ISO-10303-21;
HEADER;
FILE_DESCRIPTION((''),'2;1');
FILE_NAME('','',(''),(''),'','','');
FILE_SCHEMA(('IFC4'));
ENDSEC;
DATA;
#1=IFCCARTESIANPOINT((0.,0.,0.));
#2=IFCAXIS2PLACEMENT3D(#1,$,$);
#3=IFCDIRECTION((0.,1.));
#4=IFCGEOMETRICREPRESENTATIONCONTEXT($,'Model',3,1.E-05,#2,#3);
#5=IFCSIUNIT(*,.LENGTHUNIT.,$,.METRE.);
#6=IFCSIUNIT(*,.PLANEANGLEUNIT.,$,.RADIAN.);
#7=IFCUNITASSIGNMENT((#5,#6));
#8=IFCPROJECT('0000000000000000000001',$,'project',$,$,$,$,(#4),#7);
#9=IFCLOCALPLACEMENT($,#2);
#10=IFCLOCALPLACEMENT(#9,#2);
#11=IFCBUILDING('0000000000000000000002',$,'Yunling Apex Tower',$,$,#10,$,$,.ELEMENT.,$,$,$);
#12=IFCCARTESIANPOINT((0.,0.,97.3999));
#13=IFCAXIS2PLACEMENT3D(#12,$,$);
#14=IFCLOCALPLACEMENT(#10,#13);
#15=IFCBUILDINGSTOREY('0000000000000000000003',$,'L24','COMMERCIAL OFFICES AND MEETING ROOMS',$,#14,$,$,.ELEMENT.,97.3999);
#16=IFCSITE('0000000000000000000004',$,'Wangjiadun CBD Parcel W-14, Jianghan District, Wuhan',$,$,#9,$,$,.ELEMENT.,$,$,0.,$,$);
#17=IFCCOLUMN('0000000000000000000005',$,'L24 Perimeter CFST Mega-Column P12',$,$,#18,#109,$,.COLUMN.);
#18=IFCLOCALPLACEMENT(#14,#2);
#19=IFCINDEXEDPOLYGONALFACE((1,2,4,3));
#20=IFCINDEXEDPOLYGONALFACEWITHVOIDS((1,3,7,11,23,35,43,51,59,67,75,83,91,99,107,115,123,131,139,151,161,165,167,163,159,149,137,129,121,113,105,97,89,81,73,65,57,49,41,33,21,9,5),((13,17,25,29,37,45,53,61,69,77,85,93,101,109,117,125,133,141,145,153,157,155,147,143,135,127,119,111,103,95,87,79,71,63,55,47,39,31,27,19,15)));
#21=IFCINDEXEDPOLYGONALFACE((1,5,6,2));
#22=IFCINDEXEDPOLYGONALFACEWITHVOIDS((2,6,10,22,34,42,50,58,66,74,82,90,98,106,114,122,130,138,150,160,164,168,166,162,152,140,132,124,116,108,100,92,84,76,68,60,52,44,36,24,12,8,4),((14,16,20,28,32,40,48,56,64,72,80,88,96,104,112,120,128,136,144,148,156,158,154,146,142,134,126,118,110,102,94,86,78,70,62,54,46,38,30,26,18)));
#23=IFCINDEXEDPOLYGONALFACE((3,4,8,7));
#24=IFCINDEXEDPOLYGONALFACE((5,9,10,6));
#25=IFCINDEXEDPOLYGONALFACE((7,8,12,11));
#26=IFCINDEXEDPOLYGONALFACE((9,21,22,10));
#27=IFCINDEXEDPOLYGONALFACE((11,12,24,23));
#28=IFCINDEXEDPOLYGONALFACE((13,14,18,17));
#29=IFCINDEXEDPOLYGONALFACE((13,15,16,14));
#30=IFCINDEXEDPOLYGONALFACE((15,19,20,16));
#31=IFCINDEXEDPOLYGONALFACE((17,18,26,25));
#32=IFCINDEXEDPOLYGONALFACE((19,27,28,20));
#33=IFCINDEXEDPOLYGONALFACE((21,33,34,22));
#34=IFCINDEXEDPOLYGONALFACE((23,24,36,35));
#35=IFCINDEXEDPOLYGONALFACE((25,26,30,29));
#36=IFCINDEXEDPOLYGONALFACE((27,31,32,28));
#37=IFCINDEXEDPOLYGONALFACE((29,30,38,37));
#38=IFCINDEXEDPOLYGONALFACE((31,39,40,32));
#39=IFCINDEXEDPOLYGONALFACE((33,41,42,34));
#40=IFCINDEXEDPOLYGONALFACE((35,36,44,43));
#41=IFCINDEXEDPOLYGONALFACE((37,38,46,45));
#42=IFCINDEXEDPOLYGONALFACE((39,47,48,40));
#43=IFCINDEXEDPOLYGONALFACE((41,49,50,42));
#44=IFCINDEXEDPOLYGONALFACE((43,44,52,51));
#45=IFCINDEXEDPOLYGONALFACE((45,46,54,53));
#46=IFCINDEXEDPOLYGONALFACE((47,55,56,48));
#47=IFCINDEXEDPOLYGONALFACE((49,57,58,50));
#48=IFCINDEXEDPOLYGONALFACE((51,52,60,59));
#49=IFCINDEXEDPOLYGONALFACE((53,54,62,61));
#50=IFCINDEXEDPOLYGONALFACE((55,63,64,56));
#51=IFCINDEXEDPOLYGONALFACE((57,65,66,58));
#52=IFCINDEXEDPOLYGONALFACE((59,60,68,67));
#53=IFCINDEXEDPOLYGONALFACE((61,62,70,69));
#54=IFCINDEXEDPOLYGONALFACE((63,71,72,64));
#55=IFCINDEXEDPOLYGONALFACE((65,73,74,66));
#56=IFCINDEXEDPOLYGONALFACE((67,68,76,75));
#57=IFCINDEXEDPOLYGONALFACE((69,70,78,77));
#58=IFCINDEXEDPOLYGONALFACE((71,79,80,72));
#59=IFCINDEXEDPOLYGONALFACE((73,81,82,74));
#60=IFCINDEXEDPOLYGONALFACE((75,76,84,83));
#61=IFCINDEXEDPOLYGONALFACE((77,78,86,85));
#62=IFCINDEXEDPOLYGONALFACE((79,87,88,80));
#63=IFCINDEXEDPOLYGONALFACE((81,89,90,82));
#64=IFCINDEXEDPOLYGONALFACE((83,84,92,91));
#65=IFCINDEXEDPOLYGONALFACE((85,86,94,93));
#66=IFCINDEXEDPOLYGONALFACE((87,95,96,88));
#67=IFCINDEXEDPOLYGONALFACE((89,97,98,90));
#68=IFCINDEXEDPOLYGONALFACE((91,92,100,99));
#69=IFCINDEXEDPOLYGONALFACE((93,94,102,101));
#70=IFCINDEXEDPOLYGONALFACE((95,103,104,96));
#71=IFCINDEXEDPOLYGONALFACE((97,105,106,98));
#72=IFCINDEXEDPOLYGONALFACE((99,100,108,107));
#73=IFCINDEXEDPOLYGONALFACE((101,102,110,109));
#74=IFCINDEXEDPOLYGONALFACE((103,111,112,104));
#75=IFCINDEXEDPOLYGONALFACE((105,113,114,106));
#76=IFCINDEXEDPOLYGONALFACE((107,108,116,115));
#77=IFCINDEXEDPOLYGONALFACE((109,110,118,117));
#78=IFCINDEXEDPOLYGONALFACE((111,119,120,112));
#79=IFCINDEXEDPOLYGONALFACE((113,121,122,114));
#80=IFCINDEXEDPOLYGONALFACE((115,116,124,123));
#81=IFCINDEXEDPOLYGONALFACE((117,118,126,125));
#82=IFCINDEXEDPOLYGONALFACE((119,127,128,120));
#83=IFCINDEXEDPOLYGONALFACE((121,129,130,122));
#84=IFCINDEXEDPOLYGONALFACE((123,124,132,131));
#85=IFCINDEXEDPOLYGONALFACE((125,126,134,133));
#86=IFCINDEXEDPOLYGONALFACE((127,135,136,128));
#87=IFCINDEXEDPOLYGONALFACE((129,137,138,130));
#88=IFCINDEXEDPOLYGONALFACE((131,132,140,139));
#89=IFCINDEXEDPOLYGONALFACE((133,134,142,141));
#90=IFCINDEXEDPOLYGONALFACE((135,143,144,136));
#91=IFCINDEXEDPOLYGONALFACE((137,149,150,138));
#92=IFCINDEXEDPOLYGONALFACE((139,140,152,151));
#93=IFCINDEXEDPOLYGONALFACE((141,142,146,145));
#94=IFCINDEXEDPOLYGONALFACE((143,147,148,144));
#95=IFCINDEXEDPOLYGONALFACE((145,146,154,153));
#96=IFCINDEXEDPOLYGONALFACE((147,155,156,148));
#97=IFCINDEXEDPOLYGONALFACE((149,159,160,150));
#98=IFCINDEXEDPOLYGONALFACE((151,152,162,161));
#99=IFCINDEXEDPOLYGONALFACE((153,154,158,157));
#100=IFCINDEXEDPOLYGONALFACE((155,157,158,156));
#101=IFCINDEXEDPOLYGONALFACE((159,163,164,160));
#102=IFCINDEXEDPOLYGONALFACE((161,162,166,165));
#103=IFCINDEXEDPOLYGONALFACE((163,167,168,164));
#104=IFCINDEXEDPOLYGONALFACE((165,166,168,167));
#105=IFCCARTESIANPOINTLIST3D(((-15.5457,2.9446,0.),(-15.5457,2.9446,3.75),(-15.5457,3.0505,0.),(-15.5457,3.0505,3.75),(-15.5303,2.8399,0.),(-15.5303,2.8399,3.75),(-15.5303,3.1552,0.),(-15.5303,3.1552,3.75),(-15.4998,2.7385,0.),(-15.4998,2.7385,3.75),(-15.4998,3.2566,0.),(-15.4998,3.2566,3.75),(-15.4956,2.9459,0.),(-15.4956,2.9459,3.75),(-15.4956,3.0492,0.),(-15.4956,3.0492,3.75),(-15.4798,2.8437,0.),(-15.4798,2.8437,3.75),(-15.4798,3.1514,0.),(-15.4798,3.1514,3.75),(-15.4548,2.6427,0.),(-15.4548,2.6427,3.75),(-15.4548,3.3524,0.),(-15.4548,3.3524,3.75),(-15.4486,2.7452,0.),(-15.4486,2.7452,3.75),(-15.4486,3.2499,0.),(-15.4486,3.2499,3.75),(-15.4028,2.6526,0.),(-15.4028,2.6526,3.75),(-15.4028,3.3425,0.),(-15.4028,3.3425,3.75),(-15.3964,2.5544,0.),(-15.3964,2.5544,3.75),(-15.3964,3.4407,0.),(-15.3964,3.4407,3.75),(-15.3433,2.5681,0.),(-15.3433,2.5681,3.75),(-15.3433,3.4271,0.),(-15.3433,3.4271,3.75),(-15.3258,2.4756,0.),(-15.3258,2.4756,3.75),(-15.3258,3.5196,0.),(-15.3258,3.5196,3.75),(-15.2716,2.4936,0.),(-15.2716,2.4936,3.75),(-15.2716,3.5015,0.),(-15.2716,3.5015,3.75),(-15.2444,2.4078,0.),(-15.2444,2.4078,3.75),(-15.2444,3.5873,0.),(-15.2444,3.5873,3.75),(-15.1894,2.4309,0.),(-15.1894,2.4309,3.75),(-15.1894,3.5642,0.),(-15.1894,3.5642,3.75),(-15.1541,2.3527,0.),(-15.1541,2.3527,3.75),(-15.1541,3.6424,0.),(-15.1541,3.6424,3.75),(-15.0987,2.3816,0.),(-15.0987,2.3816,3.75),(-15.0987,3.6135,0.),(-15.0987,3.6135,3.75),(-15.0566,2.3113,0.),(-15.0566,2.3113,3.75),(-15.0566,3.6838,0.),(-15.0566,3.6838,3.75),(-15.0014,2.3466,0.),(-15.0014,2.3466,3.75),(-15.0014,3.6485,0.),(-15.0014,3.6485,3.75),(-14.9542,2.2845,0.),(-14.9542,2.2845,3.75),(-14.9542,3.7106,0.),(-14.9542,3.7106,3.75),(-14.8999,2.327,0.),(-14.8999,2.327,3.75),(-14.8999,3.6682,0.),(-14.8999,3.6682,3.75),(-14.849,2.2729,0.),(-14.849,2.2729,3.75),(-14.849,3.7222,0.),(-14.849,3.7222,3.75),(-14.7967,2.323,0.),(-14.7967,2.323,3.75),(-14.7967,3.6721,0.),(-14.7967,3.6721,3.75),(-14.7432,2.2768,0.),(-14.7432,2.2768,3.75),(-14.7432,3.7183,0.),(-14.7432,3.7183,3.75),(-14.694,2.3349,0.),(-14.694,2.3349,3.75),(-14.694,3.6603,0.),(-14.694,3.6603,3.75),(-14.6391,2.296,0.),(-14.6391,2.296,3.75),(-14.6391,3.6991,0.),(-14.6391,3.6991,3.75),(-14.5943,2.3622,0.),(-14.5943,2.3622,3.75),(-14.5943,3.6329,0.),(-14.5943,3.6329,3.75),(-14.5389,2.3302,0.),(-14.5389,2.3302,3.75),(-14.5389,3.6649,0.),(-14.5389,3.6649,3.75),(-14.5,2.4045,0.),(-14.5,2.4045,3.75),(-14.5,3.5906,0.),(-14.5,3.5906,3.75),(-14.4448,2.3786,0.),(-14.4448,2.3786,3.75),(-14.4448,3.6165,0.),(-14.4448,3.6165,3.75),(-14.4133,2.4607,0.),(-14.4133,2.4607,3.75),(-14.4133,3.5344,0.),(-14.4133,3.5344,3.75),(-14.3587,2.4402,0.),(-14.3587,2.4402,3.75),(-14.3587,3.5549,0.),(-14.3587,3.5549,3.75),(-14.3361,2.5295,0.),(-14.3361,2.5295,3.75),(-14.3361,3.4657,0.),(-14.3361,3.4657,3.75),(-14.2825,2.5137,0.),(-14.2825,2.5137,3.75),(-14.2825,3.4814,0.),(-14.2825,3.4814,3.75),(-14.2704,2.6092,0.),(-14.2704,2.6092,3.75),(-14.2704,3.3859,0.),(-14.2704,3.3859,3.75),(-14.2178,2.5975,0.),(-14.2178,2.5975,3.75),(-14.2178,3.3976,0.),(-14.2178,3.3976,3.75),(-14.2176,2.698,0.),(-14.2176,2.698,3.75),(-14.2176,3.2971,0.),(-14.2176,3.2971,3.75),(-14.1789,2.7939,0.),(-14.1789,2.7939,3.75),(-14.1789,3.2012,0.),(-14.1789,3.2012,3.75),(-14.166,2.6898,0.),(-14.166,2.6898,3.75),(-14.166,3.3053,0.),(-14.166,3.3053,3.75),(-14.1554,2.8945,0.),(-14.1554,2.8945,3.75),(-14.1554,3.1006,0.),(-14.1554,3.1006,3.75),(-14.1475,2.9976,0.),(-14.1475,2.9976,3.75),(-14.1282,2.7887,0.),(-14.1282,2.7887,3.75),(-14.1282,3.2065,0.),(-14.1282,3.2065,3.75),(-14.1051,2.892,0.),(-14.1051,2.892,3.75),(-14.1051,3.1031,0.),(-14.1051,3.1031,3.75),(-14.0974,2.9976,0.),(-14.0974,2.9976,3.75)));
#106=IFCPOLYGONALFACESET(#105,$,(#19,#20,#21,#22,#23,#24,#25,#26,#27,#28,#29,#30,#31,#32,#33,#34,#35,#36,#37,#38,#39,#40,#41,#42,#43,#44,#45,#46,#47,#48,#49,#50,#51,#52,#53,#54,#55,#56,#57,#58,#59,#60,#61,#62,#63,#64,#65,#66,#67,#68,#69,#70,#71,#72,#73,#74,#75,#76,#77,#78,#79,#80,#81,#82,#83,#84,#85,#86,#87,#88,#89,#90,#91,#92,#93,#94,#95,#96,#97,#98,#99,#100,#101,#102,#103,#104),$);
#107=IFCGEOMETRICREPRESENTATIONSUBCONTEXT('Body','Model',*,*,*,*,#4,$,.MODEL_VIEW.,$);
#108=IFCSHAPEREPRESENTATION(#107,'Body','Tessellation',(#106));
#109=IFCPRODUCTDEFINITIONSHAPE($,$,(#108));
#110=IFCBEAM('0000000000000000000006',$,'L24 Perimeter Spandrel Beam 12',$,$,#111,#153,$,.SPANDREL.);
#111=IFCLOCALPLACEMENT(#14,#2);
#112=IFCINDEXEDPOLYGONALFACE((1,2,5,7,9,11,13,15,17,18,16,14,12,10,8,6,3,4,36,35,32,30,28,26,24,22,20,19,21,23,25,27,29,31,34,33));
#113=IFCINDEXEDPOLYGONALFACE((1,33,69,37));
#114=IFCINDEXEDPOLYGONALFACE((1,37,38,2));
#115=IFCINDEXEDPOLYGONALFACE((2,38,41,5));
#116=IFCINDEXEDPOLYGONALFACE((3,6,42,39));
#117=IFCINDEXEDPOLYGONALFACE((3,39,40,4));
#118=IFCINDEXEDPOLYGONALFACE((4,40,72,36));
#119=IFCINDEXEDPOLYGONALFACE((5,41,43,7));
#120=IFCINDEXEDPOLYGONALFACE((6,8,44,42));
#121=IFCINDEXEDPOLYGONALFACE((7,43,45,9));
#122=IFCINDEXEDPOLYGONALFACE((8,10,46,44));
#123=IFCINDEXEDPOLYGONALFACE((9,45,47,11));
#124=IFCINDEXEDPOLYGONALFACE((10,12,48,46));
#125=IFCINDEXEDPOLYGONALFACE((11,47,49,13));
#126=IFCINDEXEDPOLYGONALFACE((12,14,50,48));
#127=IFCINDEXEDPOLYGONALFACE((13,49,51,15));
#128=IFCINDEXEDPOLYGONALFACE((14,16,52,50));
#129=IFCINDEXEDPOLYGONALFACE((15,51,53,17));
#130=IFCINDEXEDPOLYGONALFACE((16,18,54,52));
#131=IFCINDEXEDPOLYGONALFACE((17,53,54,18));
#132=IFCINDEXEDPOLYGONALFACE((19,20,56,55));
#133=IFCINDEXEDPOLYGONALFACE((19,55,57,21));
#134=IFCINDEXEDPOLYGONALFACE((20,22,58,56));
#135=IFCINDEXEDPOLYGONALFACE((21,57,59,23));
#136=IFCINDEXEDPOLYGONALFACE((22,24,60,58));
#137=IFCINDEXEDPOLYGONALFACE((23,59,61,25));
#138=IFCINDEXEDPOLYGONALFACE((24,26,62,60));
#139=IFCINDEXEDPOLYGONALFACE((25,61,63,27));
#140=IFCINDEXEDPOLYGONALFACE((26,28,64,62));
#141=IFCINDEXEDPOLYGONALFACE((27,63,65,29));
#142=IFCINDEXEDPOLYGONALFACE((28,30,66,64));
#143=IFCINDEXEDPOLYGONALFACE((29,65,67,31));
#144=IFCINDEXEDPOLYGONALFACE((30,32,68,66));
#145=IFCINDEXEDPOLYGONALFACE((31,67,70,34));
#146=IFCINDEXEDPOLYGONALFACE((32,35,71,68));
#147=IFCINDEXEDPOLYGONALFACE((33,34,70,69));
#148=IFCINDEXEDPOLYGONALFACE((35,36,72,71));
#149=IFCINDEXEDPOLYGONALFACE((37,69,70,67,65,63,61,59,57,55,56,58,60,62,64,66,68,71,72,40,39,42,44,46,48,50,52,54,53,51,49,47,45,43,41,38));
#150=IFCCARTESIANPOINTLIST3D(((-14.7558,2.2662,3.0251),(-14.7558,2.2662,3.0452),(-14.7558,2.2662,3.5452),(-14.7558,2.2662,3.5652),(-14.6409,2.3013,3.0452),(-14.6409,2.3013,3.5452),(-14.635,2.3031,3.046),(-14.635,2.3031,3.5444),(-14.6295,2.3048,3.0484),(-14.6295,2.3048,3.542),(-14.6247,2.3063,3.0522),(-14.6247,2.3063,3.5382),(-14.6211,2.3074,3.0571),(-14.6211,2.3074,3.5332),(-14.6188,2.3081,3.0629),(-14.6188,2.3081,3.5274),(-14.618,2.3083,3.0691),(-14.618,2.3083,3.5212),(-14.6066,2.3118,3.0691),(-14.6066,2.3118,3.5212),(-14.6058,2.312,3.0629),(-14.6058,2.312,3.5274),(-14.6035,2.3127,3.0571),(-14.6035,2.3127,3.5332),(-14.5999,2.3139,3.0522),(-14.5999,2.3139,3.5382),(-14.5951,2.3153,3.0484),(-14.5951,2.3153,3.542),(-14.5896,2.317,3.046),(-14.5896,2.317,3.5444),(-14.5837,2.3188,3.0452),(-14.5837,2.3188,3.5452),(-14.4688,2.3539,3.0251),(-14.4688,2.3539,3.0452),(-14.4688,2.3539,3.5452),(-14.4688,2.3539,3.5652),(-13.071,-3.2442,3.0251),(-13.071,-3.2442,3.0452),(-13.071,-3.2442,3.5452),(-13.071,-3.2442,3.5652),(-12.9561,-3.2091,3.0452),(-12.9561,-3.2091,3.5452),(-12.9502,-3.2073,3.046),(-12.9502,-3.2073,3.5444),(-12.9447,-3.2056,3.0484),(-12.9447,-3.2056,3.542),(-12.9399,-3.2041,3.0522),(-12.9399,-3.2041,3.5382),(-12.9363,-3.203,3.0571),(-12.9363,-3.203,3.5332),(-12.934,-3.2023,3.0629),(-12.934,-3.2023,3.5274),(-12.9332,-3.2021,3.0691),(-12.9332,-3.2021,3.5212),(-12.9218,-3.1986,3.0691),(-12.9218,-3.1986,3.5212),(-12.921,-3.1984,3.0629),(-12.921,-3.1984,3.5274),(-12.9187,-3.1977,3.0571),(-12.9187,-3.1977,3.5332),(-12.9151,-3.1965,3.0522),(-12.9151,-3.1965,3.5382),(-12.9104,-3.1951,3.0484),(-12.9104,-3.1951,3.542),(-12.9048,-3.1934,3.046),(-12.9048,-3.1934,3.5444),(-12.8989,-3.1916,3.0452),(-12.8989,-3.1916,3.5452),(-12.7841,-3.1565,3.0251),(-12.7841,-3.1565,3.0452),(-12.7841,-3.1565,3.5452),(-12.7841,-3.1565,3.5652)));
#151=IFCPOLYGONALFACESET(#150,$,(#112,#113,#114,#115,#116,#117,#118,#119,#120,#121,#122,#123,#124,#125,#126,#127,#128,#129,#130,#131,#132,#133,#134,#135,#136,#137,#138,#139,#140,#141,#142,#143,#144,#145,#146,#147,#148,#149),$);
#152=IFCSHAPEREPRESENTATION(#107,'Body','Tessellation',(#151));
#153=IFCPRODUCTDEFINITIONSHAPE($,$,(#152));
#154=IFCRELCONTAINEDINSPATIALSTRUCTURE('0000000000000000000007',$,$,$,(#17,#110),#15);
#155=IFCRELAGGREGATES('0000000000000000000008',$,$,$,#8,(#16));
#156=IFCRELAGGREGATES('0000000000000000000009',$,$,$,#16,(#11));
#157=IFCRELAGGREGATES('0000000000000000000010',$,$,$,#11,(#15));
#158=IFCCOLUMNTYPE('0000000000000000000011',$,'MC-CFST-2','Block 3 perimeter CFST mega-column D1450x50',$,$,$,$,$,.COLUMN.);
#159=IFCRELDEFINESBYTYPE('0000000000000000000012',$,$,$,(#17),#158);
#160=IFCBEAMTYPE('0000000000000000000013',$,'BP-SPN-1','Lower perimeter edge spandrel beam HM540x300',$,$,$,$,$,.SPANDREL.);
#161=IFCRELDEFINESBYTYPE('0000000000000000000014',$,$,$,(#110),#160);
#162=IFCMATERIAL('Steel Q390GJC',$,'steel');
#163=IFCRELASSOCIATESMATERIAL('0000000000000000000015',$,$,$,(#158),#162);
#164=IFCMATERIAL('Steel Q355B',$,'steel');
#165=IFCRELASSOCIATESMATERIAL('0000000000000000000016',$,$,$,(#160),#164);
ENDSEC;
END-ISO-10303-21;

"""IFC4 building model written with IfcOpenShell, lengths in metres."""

from ifc_helpers import new_model, si_unit, direction, frame, origin, origin_2d, place, context, subcontext, project, spatial, hollow_circle, i_section, extrude, source, transform, mapped, material, material_profile, profile_set, type_object, element, save


model = new_model("IFC4")

# Units and contexts
model_context = context("Model", 3, precision=1e-05, world=origin(), true_north=direction((0.0, 1.0)))
body_context = subcontext(model_context, "Body", "Model", "MODEL_VIEW")
ifc_project = project(units=[si_unit("LENGTHUNIT", "METRE"), si_unit("PLANEANGLEUNIT", "RADIAN")], contexts=[model_context])

# Site, building, storey
site_placement = place(None, origin())
site = spatial("IfcSite", under=ifc_project, at=site_placement, Name="Wangjiadun CBD Parcel W-14, Jianghan District, Wuhan", CompositionType="ELEMENT", RefElevation=0.0)
building_placement = place(site_placement, origin())
building = spatial("IfcBuilding", under=site, at=building_placement, Name="Yunling Apex Tower", CompositionType="ELEMENT")
storey_placement = place(building_placement, frame((0.0, 0.0, 97.3999)))
storey = spatial("IfcBuildingStorey", under=building, at=storey_placement, Name="L24", Description="COMMERCIAL OFFICES AND MEETING ROOMS", CompositionType="ELEMENT", Elevation=97.3999)

# Column
ifc_material_1 = material(Name="Steel Q390GJC", Category="steel")
ifc_material_profile_1 = material_profile(ifc_material_1, hollow_circle(Radius=0.7251, WallThickness=0.05, at=origin_2d()))
ifc_profile_set_1 = profile_set([ifc_material_profile_1], Name="Steel Q390GJC")
column_type = type_object("IfcColumnType", Name="MC-CFST-2", Description="Block 3 perimeter CFST mega-column D1450x50", PredefinedType="COLUMN", material=ifc_profile_set_1)
shared_shape_1 = source(origin(), body_context, "Body", "SweptSolid", [
    extrude(hollow_circle(Radius=0.7251, WallThickness=0.05, at=origin_2d()), origin(), (0.0, 0.0, 1.0), 3.75),
])
column_placement = place(storey_placement, frame((-14.8225, 2.9976, 0.0), z_axis=(0.0, 0.0, 1.0), x_axis=(1.0, 0.0, 0.0)))
element("IfcColumn", 1, at=column_placement, inside=storey, type_object=column_type, Name="L24 Perimeter CFST Mega-Column P12", PredefinedType="COLUMN", context=body_context, shape_type="MappedRepresentation", body=[
    mapped(shared_shape_1, transform((0.0, 0.0, 0.0), scale=1.0)),
])

# Beam
ifc_material_2 = material(Name="Steel Q355B", Category="steel")
ifc_material_profile_2 = material_profile(ifc_material_2, i_section(OverallWidth=0.3, OverallDepth=0.54, WebThickness=0.012, FlangeThickness=0.02, FilletRadius=0.0239, at=origin_2d()))
ifc_profile_set_2 = profile_set([ifc_material_profile_2], Name="Steel Q355B")
beam_type_1 = type_object("IfcBeamType", Name="BP-SPN-1", Description="Lower perimeter edge spandrel beam HM540x300", PredefinedType="SPANDREL", material=ifc_profile_set_2)
shared_shape_2 = source(origin(), body_context, "Body", "SweptSolid", [
    extrude(i_section(OverallWidth=0.3, OverallDepth=0.54, WebThickness=0.012, FlangeThickness=0.02, FilletRadius=0.0239, at=origin_2d()), origin(), (0.0, 0.0, 1.0), 5.7622),
])
beam_1_placement = place(storey_placement, frame((-14.6123, 2.3101, 3.2952), z_axis=(0.292385, -0.956301, 0.0), x_axis=(0.956301, 0.292385, 0.0)))
element("IfcBeam", 2, at=beam_1_placement, inside=storey, type_object=beam_type_1, Name="L24 Perimeter Spandrel Beam 12", PredefinedType="SPANDREL", context=body_context, shape_type="MappedRepresentation", body=[
    mapped(shared_shape_2, transform((0.0, 0.0, 0.0), scale=1.0)),
])

save(model, "model.ifc")
